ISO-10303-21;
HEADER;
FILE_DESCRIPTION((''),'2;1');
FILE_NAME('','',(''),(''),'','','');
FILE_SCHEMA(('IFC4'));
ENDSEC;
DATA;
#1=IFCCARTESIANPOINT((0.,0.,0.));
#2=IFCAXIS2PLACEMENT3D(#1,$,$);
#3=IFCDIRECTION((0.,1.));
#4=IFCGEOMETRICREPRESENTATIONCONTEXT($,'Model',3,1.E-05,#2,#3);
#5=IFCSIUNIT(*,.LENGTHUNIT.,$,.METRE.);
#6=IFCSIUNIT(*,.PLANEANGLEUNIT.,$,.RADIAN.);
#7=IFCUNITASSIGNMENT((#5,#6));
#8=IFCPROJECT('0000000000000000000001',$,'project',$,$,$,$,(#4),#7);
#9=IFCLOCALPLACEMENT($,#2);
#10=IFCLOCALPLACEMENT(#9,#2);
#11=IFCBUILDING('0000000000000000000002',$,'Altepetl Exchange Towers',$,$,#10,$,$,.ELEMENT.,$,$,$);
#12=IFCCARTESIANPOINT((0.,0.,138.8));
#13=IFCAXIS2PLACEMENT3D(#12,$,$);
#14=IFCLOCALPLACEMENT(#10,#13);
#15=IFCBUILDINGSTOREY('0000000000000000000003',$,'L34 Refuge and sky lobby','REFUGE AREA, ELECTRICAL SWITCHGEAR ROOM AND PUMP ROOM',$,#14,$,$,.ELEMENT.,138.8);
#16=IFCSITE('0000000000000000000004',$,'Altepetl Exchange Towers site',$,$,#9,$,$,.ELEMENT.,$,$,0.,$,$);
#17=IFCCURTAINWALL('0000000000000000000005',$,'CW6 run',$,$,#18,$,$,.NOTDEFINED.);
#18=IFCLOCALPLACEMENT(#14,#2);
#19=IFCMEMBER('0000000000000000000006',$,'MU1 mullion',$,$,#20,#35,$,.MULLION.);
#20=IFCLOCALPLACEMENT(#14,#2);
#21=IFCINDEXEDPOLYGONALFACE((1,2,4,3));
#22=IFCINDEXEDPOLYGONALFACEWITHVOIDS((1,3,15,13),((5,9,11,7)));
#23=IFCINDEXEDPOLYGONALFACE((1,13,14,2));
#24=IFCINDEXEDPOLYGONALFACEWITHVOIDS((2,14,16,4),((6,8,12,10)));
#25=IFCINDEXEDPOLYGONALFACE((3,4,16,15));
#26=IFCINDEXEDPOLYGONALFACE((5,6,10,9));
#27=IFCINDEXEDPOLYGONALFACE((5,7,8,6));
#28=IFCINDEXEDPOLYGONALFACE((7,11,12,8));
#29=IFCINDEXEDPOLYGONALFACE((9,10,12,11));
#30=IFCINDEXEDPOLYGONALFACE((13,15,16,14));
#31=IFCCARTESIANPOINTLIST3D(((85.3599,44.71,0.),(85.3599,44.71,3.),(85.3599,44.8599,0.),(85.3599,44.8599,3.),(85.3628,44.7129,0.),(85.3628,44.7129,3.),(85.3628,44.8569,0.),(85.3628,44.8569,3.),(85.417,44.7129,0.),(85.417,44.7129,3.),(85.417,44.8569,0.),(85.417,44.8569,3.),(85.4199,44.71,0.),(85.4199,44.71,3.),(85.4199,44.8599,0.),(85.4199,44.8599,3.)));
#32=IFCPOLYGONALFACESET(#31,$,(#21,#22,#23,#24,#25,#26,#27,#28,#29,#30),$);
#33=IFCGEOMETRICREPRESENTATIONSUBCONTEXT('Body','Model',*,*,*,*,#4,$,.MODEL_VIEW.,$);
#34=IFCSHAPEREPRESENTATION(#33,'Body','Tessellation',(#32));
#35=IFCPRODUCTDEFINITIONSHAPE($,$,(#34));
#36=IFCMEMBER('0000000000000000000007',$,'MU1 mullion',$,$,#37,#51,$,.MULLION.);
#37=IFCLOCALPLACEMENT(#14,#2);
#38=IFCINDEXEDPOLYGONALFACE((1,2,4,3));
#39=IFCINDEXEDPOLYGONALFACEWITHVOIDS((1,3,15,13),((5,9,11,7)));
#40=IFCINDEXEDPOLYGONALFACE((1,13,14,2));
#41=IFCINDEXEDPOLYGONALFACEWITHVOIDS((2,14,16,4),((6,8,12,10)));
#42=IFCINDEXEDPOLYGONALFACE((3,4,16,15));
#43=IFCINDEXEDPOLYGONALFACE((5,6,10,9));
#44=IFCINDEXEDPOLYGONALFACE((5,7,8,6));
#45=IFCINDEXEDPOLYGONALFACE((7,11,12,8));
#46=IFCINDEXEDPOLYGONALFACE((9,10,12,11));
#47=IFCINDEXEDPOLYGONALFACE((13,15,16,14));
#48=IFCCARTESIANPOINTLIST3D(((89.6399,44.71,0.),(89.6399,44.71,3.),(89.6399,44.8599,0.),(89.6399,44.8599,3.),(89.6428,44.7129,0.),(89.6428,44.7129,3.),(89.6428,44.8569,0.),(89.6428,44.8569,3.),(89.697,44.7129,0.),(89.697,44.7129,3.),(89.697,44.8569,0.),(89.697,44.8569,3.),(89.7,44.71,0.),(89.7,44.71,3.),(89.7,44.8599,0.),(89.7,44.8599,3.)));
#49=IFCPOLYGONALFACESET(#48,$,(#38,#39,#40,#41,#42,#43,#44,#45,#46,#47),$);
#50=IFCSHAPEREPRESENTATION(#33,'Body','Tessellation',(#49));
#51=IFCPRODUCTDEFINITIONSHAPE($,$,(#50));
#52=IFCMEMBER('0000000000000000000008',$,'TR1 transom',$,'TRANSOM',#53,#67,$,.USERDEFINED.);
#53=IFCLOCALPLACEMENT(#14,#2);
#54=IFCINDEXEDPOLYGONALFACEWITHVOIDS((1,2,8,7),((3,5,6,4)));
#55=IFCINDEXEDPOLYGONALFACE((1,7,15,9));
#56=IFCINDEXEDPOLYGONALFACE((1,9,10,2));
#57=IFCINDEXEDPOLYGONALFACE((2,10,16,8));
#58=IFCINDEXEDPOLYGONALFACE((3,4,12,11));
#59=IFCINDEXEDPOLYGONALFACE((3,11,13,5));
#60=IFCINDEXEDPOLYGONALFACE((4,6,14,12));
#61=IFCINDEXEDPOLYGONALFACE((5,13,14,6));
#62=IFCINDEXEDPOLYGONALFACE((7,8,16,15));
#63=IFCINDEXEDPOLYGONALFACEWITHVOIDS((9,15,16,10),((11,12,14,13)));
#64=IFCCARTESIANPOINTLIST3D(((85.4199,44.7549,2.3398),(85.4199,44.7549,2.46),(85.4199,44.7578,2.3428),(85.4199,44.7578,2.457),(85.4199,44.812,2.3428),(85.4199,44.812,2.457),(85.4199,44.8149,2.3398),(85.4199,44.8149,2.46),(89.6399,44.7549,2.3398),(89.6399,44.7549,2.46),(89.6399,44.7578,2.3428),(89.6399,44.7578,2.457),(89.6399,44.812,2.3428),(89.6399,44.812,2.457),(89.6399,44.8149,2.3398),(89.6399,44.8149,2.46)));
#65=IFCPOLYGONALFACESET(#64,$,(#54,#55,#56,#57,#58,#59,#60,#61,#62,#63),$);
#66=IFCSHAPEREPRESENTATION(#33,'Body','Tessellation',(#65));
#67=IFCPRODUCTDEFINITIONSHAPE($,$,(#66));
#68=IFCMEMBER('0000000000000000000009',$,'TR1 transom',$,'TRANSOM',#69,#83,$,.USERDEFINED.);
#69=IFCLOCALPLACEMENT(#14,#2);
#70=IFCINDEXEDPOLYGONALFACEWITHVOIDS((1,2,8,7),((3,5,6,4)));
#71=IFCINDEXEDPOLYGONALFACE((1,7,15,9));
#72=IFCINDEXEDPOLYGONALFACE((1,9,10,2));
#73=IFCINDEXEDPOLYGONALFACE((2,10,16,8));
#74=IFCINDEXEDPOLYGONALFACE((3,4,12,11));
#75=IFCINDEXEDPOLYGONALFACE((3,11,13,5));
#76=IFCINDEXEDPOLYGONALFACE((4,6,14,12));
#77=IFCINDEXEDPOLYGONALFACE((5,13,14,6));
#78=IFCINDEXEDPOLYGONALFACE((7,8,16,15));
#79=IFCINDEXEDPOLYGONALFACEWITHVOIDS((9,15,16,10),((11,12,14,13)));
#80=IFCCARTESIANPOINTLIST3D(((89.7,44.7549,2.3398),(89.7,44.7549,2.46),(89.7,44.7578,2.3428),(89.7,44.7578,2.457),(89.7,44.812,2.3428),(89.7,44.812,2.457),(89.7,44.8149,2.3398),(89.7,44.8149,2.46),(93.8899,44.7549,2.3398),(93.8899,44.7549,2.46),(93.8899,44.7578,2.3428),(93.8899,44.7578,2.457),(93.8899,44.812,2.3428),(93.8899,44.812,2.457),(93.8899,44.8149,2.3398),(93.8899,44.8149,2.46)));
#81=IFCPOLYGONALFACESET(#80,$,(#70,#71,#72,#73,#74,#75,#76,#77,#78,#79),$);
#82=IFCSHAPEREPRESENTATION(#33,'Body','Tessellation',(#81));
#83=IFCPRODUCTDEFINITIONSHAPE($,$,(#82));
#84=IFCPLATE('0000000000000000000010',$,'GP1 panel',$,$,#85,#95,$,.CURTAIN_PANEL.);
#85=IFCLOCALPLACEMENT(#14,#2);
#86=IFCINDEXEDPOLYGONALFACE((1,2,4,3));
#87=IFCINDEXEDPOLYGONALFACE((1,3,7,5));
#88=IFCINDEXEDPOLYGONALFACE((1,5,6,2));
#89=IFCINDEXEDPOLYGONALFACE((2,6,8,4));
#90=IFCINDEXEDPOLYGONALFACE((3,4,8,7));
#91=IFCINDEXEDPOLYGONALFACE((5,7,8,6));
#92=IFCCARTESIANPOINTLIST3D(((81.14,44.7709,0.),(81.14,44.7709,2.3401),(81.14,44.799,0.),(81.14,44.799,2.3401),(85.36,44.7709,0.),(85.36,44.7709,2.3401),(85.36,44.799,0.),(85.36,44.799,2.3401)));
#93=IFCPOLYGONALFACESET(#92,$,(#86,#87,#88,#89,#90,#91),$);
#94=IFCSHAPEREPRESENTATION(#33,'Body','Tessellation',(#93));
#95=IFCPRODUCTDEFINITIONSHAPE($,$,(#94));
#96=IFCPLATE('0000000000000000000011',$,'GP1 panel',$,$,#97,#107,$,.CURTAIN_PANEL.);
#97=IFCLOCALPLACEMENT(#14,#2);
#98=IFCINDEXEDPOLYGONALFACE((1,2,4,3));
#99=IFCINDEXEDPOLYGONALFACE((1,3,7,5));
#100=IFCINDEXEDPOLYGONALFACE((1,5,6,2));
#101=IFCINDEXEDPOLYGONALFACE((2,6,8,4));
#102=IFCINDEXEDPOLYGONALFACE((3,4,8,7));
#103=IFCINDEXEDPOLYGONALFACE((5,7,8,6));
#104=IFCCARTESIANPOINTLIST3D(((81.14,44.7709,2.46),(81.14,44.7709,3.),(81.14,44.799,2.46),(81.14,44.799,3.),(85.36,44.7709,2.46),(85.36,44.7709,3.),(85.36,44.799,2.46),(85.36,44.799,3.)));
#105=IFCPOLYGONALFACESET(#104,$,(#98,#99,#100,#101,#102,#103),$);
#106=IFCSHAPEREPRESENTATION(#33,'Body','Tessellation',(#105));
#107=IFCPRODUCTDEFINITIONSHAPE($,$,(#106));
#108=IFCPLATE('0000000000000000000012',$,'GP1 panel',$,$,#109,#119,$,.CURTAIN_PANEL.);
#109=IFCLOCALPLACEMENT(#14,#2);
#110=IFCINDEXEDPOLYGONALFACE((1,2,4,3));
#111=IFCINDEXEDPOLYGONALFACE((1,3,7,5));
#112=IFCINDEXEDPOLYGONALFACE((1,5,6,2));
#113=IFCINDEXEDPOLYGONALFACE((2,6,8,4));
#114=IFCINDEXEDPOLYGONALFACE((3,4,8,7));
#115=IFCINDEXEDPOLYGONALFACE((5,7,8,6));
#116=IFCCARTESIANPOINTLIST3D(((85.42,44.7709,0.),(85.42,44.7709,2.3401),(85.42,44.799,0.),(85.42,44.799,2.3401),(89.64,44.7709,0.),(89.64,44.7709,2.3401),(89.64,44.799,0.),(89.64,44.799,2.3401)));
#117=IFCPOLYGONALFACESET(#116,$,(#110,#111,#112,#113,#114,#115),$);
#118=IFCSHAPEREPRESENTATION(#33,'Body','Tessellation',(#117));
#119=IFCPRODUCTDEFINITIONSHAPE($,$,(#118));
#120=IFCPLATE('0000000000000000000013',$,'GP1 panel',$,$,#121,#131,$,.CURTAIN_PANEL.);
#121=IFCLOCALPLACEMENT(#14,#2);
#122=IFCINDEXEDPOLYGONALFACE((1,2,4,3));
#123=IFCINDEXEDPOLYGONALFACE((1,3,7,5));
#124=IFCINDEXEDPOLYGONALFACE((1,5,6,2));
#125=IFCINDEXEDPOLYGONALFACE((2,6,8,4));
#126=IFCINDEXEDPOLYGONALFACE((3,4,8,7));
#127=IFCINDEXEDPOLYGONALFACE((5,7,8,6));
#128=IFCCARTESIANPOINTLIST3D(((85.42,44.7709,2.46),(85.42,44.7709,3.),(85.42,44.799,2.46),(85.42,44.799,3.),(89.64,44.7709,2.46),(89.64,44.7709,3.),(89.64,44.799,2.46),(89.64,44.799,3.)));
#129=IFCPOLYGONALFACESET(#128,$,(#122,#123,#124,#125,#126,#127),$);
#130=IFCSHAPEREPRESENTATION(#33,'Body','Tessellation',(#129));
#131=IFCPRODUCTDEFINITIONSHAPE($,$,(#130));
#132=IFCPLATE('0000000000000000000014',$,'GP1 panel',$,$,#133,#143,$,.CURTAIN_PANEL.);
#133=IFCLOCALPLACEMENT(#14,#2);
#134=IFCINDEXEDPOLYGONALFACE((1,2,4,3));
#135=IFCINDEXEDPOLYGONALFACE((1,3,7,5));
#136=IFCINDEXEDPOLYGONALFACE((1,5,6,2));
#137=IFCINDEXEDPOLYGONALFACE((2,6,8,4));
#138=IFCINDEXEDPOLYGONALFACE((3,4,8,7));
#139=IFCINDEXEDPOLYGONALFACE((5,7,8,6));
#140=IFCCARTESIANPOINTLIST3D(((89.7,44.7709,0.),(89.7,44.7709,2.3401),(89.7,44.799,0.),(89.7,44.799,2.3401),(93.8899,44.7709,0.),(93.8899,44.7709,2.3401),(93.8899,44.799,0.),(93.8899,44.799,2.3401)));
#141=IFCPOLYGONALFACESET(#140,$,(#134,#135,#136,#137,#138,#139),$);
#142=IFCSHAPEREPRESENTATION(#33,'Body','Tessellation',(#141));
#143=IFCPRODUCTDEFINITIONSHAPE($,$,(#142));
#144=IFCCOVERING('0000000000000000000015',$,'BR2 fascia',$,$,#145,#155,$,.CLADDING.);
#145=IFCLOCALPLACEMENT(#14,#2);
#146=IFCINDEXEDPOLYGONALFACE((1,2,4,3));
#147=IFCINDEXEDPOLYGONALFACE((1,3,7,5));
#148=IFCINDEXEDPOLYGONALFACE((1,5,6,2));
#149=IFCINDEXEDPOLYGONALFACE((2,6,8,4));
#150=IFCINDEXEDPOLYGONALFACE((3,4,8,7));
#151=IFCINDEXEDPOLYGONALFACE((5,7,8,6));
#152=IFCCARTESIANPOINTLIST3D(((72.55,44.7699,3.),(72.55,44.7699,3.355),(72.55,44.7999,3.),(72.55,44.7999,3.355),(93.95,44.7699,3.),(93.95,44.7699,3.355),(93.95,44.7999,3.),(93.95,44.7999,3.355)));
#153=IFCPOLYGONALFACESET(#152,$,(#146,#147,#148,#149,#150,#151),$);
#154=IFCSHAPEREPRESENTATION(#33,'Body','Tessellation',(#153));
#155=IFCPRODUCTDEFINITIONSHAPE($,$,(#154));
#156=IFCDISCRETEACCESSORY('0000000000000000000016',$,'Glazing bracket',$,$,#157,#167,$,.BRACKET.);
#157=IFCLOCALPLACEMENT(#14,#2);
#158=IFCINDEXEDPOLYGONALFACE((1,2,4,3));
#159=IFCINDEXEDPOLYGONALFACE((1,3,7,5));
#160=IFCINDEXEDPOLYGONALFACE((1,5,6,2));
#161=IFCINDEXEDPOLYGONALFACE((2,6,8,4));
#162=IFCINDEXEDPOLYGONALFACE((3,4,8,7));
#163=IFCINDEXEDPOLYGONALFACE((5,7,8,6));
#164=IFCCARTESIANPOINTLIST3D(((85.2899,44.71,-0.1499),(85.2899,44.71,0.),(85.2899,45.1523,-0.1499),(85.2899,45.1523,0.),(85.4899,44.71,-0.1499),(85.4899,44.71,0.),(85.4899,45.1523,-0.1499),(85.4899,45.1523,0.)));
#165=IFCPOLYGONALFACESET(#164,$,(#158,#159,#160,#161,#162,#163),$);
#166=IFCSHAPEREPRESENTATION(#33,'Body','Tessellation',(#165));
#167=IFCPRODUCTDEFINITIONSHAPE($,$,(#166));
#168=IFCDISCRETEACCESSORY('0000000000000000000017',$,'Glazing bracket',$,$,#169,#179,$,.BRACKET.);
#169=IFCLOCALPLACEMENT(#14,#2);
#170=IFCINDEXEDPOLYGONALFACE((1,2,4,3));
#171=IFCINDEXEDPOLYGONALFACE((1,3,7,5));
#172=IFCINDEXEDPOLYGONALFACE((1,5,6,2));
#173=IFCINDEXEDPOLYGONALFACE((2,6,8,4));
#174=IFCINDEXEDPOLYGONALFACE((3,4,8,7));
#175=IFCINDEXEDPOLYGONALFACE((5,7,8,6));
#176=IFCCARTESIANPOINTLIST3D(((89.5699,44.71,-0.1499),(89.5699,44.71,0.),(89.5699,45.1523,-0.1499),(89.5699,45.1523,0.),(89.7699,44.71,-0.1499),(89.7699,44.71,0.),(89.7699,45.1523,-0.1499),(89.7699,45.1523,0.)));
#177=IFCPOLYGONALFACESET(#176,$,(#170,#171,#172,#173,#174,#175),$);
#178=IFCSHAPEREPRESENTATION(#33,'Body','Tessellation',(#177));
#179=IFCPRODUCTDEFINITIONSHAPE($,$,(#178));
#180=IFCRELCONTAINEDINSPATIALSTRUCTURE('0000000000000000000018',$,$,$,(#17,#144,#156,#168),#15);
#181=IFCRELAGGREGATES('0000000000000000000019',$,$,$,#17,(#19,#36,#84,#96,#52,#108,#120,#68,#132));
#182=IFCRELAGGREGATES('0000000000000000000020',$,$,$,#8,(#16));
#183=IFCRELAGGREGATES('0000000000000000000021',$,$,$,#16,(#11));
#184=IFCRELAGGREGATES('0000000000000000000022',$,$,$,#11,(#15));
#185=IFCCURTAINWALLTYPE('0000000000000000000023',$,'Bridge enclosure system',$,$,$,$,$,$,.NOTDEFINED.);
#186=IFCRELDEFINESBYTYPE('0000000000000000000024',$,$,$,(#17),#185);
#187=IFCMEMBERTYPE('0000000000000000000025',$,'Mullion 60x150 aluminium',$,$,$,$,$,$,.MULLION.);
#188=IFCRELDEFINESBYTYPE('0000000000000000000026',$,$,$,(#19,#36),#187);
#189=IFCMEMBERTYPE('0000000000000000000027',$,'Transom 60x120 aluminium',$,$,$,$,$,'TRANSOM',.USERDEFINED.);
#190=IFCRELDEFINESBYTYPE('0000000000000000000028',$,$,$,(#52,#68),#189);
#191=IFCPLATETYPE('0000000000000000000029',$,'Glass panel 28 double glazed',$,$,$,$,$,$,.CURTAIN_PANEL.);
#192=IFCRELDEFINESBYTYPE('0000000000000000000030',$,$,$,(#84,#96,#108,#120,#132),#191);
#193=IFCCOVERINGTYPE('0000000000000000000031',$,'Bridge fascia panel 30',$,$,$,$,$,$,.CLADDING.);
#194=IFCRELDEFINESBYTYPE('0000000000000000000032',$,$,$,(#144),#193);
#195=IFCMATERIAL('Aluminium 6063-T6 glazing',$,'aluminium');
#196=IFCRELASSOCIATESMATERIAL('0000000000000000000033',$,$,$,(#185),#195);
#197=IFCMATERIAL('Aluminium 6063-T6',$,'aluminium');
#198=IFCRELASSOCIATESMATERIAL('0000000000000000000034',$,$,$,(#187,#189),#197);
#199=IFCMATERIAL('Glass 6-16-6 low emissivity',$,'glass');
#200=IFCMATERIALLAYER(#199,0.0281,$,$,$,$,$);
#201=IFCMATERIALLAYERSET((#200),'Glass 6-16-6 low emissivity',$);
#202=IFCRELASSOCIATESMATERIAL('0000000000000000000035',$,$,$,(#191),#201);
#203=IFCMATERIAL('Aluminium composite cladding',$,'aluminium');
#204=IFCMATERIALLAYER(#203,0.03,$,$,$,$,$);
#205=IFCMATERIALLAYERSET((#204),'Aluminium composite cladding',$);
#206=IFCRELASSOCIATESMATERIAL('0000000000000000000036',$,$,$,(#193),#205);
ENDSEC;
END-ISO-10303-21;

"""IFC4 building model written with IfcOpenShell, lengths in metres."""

from ifc_helpers import new_model, si_unit, direction, frame, origin, origin_2d, place, context, subcontext, project, spatial, rectangle, hollow_rectangle, extrude, material, layer, layer_set, material_profile, profile_set, type_object, element, aggregate, save


model = new_model("IFC4")

# Units and contexts
model_context = context("Model", 3, precision=1e-05, world=origin(), true_north=direction((0.0, 1.0)))
body_context = subcontext(model_context, "Body", "Model", "MODEL_VIEW")
ifc_project = project(units=[si_unit("LENGTHUNIT", "METRE"), si_unit("PLANEANGLEUNIT", "RADIAN")], contexts=[model_context])

# Site, building, storey
site_placement = place(None, origin())
site = spatial("IfcSite", under=ifc_project, at=site_placement, Name="Altepetl Exchange Towers site", CompositionType="ELEMENT", RefElevation=0.0)
building_placement = place(site_placement, origin())
building = spatial("IfcBuilding", under=site, at=building_placement, Name="Altepetl Exchange Towers", CompositionType="ELEMENT")
storey_placement = place(building_placement, frame((0.0, 0.0, 138.8)))
storey = spatial("IfcBuildingStorey", under=building, at=storey_placement, Name="L34 Refuge and sky lobby", Description="REFUGE AREA, ELECTRICAL SWITCHGEAR ROOM AND PUMP ROOM", CompositionType="ELEMENT", Elevation=138.8)

# Curtain wall, members, plates
ifc_material_1 = material(Name="Aluminium 6063-T6 glazing", Category="aluminium")
curtain_wall_type = type_object("IfcCurtainWallType", Name="Bridge enclosure system", PredefinedType="NOTDEFINED", material=ifc_material_1)
curtain_wall_placement = place(storey_placement, origin())
curtain_wall = element("IfcCurtainWall", 1, at=curtain_wall_placement, inside=storey, type_object=curtain_wall_type, Name="CW6 run", PredefinedType="NOTDEFINED")
ifc_material_2 = material(Name="Aluminium 6063-T6", Category="aluminium")
ifc_material_profile_1 = material_profile(ifc_material_2, hollow_rectangle(XDim=0.0601, YDim=0.1499, WallThickness=0.0029, at=origin_2d()), Name="Mullion 60x150 aluminium")
ifc_profile_set_1 = profile_set([ifc_material_profile_1], Name="Aluminium 6063-T6")
member_type_1 = type_object("IfcMemberType", Name="Mullion 60x150 aluminium", PredefinedType="MULLION", material=ifc_profile_set_1)
member_1_placement = place(storey_placement, frame((85.3899, 44.7849, 0.0)))
member_1 = element("IfcMember", 2, at=member_1_placement, type_object=member_type_1, Name="MU1 mullion", PredefinedType="MULLION", context=body_context, shape_type="SweptSolid", body=[
    extrude(hollow_rectangle(XDim=0.0601, YDim=0.1499, WallThickness=0.0029, at=origin_2d()), origin(), (0.0, 0.0, 1.0), 3.0),
])
member_2_placement = place(storey_placement, frame((89.6699, 44.7849, 0.0)))
member_2 = element("IfcMember", 3, at=member_2_placement, type_object=member_type_1, Name="MU1 mullion", PredefinedType="MULLION", context=body_context, shape_type="SweptSolid", body=[
    extrude(hollow_rectangle(XDim=0.0601, YDim=0.1499, WallThickness=0.0029, at=origin_2d()), origin(), (0.0, 0.0, 1.0), 3.0),
])
ifc_material_profile_2 = material_profile(ifc_material_2, hollow_rectangle(XDim=0.0601, YDim=0.1201, WallThickness=0.0029, at=origin_2d()), Name="Transom 60x120 aluminium")
ifc_profile_set_2 = profile_set([ifc_material_profile_2], Name="Aluminium 6063-T6")
member_type_2 = type_object("IfcMemberType", Name="Transom 60x120 aluminium", ElementType="TRANSOM", PredefinedType="USERDEFINED", material=ifc_profile_set_2)
member_3_placement = place(storey_placement, frame((85.4199, 44.7849, 2.3999), z_axis=(1.0, 0.0, 0.0), x_axis=(0.0, 1.0, 0.0)))
member_3 = element("IfcMember", 4, at=member_3_placement, type_object=member_type_2, Name="TR1 transom", ObjectType="TRANSOM", PredefinedType="USERDEFINED", context=body_context, shape_type="SweptSolid", body=[
    extrude(hollow_rectangle(XDim=0.0601, YDim=0.1201, WallThickness=0.0029, at=origin_2d()), origin(), (0.0, 0.0, 1.0), 4.22),
])
member_4_placement = place(storey_placement, frame((89.7, 44.7849, 2.3999), z_axis=(1.0, 0.0, 0.0), x_axis=(0.0, 1.0, 0.0)))
member_4 = element("IfcMember", 5, at=member_4_placement, type_object=member_type_2, Name="TR1 transom", ObjectType="TRANSOM", PredefinedType="USERDEFINED", context=body_context, shape_type="SweptSolid", body=[
    extrude(hollow_rectangle(XDim=0.0601, YDim=0.1201, WallThickness=0.0029, at=origin_2d()), origin(), (0.0, 0.0, 1.0), 4.1899),
])
ifc_material_3 = material(Name="Glass 6-16-6 low emissivity", Category="glass")
ifc_layer_1 = layer(ifc_material_3, 0.0281)
ifc_layer_set_1 = layer_set([ifc_layer_1], Name="Glass 6-16-6 low emissivity")
plate_type = type_object("IfcPlateType", Name="Glass panel 28 double glazed", PredefinedType="CURTAIN_PANEL", material=ifc_layer_set_1)
plate_1_placement = place(storey_placement, frame((83.25, 44.7849, 0.0)))
plate_1 = element("IfcPlate", 6, at=plate_1_placement, type_object=plate_type, Name="GP1 panel", PredefinedType="CURTAIN_PANEL", context=body_context, shape_type="SweptSolid", body=[
    extrude(rectangle(XDim=4.22, YDim=0.0281, at=origin_2d()), origin(), (0.0, 0.0, 1.0), 2.3401),
])
plate_2_placement = place(storey_placement, frame((83.25, 44.7849, 2.46)))
plate_2 = element("IfcPlate", 7, at=plate_2_placement, type_object=plate_type, Name="GP1 panel", PredefinedType="CURTAIN_PANEL", context=body_context, shape_type="SweptSolid", body=[
    extrude(rectangle(XDim=4.22, YDim=0.0281, at=origin_2d()), origin(), (0.0, 0.0, 1.0), 0.54),
])
plate_3_placement = place(storey_placement, frame((87.53, 44.7849, 0.0)))
plate_3 = element("IfcPlate", 8, at=plate_3_placement, type_object=plate_type, Name="GP1 panel", PredefinedType="CURTAIN_PANEL", context=body_context, shape_type="SweptSolid", body=[
    extrude(rectangle(XDim=4.22, YDim=0.0281, at=origin_2d()), origin(), (0.0, 0.0, 1.0), 2.3401),
])
plate_4_placement = place(storey_placement, frame((87.53, 44.7849, 2.46)))
plate_4 = element("IfcPlate", 9, at=plate_4_placement, type_object=plate_type, Name="GP1 panel", PredefinedType="CURTAIN_PANEL", context=body_context, shape_type="SweptSolid", body=[
    extrude(rectangle(XDim=4.22, YDim=0.0281, at=origin_2d()), origin(), (0.0, 0.0, 1.0), 0.54),
])
plate_5_placement = place(storey_placement, frame((91.7949, 44.7849, 0.0)))
plate_5 = element("IfcPlate", 10, at=plate_5_placement, type_object=plate_type, Name="GP1 panel", PredefinedType="CURTAIN_PANEL", context=body_context, shape_type="SweptSolid", body=[
    extrude(rectangle(XDim=4.1899, YDim=0.0281, at=origin_2d()), origin(), (0.0, 0.0, 1.0), 2.3401),
])
aggregate(curtain_wall, [member_1, member_2, plate_1, plate_2, member_3, plate_3, plate_4, member_4, plate_5])

# Covering
ifc_material_4 = material(Name="Aluminium composite cladding", Category="aluminium")
ifc_layer_2 = layer(ifc_material_4, 0.03)
ifc_layer_set_2 = layer_set([ifc_layer_2], Name="Aluminium composite cladding")
covering_type = type_object("IfcCoveringType", Name="Bridge fascia panel 30", PredefinedType="CLADDING", material=ifc_layer_set_2)
covering_placement = place(storey_placement, frame((83.25, 44.7849, 3.0)))
element("IfcCovering", 11, at=covering_placement, inside=storey, type_object=covering_type, Name="BR2 fascia", PredefinedType="CLADDING", context=body_context, shape_type="SweptSolid", body=[
    extrude(rectangle(XDim=21.3999, YDim=0.03, at=origin_2d()), origin(), (0.0, 0.0, 1.0), 0.355),
])

# Discrete accessories
for number, where, name in (
    (12, (85.3899, 44.9312, -0.1499), "Glazing bracket"),
    (13, (89.6699, 44.9312, -0.1499), "Glazing bracket"),
):
    element("IfcDiscreteAccessory", number, at=place(storey_placement, frame(where)), inside=storey, Name=name, PredefinedType="BRACKET", context=body_context, shape_type="SweptSolid", body=[
        extrude(rectangle(XDim=0.2, YDim=0.4424, at=origin_2d()), origin(), (0.0, 0.0, 1.0), 0.1499),
    ])

save(model, "model.ifc")
